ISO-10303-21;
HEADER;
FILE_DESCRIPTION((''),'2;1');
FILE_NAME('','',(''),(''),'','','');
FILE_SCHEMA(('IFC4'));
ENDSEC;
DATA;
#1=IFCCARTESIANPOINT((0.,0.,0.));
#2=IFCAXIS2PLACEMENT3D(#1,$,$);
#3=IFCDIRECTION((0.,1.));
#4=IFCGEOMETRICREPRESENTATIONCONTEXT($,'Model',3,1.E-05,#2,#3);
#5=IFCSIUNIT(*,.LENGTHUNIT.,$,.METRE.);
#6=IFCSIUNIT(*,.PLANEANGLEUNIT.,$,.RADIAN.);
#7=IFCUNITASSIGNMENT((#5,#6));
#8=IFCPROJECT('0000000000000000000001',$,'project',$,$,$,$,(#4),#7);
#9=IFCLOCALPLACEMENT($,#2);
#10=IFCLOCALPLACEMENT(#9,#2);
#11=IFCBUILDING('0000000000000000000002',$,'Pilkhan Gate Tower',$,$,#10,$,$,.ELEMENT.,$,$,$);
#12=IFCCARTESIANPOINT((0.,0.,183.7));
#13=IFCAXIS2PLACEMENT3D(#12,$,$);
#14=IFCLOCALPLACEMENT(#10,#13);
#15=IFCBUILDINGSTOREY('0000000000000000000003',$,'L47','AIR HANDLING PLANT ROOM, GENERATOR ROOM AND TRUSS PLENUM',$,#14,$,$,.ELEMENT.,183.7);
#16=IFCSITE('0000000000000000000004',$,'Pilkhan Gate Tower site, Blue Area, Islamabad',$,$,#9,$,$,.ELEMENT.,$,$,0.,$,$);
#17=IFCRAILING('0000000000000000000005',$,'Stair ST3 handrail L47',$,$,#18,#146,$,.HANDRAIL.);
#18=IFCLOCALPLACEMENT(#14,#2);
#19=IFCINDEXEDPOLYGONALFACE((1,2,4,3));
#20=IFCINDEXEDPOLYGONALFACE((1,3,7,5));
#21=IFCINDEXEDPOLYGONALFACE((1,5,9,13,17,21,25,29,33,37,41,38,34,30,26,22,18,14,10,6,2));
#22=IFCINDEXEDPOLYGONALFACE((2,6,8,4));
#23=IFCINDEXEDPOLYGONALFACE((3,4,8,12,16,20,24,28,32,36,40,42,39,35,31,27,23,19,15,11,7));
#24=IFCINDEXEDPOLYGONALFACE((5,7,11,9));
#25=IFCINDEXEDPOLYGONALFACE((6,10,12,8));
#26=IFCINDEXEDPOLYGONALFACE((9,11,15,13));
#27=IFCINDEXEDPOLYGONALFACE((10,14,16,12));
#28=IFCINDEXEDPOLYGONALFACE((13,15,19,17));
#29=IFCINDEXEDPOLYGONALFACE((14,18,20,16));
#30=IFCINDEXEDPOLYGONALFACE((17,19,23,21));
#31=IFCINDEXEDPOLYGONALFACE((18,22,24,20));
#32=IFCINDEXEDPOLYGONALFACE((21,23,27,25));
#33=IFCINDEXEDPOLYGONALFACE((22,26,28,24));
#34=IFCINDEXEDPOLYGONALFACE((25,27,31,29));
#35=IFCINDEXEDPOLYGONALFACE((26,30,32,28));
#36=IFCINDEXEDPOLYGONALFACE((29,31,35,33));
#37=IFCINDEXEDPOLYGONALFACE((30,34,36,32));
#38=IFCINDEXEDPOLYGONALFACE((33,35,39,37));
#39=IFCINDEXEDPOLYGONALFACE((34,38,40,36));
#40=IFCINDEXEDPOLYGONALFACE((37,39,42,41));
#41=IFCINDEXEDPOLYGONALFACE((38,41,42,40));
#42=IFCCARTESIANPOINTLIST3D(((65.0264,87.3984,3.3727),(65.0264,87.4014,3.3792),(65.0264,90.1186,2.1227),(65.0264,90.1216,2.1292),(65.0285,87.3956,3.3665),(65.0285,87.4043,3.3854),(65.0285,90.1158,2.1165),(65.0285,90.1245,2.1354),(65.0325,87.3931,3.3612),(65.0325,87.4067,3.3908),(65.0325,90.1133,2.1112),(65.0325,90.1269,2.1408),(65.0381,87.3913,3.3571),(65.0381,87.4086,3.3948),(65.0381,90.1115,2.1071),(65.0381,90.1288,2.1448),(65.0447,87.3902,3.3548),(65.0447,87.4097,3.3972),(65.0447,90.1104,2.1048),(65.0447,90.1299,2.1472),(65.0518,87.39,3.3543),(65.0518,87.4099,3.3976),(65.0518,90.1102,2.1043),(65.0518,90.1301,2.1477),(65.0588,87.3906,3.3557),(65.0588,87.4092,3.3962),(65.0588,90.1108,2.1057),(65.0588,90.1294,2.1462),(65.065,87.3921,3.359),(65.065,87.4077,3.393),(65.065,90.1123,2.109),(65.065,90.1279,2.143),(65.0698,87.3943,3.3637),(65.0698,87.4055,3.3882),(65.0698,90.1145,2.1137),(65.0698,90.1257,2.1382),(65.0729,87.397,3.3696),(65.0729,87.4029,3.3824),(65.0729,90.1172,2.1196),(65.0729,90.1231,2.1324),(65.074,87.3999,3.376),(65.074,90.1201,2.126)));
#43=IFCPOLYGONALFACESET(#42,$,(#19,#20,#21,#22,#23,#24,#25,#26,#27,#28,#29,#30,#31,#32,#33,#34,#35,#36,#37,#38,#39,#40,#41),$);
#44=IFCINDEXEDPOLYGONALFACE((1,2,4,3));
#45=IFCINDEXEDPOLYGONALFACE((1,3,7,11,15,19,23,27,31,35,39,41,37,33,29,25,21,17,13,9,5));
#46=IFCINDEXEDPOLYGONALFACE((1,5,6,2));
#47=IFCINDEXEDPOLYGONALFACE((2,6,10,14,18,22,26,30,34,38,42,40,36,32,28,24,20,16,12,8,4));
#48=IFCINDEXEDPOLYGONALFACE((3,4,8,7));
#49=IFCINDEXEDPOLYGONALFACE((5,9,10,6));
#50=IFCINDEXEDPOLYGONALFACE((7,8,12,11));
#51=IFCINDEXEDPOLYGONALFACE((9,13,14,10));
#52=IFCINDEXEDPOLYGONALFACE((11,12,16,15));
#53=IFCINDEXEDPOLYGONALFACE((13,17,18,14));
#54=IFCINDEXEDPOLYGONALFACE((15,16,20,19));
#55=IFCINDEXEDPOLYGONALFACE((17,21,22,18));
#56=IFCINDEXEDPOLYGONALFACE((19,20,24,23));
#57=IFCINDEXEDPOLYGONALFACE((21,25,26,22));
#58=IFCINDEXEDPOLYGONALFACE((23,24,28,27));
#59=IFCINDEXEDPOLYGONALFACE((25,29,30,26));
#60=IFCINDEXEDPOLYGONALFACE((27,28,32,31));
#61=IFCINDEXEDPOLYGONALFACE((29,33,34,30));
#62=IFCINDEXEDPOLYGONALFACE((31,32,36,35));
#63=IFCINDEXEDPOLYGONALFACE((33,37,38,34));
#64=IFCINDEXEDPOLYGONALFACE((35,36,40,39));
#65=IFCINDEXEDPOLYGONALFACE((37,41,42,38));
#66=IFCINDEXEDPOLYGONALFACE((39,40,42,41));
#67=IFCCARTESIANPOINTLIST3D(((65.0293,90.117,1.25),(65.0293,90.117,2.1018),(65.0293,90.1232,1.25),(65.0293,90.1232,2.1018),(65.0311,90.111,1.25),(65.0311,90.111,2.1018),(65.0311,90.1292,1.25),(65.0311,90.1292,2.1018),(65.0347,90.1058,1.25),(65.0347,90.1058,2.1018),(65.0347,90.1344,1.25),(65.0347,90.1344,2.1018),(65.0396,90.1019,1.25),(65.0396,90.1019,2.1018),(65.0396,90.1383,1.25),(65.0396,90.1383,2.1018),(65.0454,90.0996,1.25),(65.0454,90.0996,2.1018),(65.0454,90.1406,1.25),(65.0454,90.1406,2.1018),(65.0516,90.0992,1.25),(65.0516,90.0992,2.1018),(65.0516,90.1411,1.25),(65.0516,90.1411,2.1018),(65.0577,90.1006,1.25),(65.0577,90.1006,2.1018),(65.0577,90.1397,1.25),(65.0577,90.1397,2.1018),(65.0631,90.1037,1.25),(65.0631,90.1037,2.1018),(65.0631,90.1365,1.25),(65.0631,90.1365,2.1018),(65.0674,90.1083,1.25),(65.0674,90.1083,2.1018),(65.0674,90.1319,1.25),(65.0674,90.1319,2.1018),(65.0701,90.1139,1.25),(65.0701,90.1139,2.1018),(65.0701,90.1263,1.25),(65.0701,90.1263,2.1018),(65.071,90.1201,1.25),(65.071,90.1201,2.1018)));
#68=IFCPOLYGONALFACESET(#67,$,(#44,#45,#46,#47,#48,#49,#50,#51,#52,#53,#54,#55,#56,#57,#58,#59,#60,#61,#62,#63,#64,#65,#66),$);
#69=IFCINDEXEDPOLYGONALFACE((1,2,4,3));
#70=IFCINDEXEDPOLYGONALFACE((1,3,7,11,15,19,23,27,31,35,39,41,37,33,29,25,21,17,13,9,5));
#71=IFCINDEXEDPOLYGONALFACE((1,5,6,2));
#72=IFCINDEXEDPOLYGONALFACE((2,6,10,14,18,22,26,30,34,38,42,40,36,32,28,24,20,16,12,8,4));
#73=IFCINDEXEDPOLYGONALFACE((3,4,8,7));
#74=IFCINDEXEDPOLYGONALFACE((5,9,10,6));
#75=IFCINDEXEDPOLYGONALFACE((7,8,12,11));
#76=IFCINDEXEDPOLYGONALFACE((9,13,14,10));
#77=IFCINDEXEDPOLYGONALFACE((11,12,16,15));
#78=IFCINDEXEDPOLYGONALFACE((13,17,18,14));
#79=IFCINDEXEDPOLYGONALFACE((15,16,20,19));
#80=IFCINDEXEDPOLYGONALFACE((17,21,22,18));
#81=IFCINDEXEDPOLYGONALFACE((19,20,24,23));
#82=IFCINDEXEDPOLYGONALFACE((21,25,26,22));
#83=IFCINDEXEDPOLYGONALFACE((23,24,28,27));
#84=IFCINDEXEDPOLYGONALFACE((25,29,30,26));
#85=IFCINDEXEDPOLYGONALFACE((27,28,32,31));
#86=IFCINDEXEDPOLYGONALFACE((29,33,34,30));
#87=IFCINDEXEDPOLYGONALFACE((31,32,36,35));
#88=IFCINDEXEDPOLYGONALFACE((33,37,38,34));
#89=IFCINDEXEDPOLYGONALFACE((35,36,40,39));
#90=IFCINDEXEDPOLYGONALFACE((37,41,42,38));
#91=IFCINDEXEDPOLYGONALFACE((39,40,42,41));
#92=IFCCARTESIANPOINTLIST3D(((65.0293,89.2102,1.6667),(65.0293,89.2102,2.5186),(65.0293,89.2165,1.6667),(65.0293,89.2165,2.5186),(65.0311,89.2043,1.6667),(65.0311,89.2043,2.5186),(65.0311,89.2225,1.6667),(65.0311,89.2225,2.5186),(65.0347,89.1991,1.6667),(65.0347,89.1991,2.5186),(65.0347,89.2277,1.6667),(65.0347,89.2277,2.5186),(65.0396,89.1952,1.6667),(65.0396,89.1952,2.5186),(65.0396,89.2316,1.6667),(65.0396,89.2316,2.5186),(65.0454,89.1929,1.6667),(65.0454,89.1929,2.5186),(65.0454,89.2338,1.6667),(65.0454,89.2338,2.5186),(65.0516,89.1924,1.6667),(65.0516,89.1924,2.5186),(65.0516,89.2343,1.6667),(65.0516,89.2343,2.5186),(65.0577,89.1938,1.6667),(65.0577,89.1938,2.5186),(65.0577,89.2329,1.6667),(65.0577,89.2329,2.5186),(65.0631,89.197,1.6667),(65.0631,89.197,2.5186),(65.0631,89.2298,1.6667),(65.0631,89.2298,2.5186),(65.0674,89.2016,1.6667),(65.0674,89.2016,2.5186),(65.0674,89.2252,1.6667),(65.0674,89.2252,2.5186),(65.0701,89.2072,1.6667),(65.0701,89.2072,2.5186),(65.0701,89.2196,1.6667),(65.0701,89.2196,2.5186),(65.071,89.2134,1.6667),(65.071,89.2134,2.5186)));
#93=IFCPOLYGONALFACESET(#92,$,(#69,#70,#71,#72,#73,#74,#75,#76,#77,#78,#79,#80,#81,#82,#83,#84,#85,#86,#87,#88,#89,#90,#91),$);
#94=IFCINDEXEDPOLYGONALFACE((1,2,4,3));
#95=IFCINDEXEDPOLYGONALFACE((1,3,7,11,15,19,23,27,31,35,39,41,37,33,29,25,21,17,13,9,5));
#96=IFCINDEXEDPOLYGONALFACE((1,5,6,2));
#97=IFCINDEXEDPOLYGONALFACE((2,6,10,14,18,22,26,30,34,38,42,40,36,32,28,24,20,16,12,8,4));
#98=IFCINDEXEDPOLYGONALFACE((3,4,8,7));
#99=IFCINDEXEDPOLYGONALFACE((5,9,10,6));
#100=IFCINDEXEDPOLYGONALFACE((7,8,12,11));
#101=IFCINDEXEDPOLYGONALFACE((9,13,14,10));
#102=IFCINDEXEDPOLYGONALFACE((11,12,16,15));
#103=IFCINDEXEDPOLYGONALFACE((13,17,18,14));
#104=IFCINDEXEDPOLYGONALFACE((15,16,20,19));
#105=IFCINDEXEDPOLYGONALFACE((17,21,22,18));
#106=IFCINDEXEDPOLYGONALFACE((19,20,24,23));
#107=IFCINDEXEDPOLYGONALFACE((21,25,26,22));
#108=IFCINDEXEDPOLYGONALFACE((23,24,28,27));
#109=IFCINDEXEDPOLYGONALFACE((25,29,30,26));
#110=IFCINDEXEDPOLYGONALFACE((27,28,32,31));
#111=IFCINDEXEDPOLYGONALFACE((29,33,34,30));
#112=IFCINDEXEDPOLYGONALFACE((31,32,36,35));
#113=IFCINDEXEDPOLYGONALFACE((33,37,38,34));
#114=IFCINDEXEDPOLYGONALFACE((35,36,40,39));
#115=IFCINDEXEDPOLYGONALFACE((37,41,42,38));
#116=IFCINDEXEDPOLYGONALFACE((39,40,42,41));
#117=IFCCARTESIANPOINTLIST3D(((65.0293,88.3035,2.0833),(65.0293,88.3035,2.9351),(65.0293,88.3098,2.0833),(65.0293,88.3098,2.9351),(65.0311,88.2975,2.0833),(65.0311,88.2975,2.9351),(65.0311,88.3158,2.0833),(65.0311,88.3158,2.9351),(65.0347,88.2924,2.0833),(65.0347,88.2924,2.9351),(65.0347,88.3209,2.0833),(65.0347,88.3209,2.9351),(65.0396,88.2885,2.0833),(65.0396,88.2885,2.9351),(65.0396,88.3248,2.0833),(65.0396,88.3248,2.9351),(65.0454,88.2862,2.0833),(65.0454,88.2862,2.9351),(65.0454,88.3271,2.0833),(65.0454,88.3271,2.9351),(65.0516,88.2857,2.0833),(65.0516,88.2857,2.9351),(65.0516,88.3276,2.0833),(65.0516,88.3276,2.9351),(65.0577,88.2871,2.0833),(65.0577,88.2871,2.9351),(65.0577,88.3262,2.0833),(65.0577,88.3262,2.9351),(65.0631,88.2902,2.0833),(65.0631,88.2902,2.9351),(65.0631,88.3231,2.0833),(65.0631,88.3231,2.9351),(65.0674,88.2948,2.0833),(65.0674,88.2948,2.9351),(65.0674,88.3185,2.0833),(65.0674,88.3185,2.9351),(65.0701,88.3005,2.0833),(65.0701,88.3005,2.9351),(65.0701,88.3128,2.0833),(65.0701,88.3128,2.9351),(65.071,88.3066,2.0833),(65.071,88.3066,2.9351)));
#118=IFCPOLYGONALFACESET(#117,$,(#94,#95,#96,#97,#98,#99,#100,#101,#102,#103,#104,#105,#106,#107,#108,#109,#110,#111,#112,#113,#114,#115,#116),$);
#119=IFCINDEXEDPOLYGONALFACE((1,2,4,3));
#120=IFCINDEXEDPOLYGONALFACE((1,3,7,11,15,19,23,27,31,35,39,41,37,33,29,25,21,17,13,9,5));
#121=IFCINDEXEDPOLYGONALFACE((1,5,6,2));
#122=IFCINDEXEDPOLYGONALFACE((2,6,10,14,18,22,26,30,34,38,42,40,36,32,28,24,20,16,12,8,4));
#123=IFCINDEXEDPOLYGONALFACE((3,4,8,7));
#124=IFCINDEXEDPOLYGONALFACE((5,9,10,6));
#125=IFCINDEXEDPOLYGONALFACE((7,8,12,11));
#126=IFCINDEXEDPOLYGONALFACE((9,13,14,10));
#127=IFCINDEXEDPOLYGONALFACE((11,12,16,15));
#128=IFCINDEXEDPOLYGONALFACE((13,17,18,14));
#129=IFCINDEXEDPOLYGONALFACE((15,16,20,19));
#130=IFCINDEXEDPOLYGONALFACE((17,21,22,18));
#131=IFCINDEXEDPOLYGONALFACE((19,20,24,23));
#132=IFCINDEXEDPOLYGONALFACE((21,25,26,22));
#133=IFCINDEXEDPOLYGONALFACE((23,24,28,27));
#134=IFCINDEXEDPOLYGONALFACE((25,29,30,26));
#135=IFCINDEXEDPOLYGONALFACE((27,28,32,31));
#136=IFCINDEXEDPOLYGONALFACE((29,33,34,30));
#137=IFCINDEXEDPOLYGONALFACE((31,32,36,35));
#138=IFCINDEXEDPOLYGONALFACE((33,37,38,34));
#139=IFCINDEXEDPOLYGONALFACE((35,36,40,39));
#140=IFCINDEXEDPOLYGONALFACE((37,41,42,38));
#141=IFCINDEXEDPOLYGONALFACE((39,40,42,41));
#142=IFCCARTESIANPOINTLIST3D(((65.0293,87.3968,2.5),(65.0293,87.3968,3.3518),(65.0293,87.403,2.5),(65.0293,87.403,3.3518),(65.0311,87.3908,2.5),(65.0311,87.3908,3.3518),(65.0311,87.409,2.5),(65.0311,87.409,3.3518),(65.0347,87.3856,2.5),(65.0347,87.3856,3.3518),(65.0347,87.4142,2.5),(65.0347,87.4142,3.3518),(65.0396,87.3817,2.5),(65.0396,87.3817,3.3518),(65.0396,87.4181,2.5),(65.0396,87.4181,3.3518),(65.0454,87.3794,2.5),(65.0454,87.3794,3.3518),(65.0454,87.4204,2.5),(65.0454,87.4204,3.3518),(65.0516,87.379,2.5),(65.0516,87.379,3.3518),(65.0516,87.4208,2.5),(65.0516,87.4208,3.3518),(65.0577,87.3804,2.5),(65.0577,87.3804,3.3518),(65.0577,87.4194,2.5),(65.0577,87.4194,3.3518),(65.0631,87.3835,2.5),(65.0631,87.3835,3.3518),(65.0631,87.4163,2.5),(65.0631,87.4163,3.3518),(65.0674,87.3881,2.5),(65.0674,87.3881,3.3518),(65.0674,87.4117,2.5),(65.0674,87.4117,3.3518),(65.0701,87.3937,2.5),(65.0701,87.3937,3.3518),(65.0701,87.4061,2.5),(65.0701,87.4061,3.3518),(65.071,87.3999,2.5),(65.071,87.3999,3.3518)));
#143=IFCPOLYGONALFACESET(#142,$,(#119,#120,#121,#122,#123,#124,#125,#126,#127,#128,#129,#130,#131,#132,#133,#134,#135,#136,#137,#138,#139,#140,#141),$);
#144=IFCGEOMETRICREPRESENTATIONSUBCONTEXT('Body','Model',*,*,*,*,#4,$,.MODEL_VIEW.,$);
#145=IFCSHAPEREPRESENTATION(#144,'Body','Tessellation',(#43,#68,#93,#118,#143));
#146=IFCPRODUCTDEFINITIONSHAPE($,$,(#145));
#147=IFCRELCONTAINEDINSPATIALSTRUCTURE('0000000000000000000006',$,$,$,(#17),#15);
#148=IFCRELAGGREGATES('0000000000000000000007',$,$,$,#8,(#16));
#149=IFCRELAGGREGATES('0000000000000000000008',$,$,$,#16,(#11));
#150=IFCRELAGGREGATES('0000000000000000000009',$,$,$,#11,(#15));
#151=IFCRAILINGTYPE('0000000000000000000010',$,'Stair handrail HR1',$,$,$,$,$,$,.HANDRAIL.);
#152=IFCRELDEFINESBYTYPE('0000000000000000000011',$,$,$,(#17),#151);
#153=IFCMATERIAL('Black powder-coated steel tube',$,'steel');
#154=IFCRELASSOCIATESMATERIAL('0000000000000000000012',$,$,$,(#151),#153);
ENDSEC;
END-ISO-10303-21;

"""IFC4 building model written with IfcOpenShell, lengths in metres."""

from ifc_helpers import new_model, si_unit, direction, frame, origin, origin_2d, place, context, subcontext, project, spatial, circle, extrude, material, type_object, element, save


model = new_model("IFC4")

# Units and contexts
model_context = context("Model", 3, precision=1e-05, world=origin(), true_north=direction((0.0, 1.0)))
body_context = subcontext(model_context, "Body", "Model", "MODEL_VIEW")
ifc_project = project(units=[si_unit("LENGTHUNIT", "METRE"), si_unit("PLANEANGLEUNIT", "RADIAN")], contexts=[model_context])

# Site, building, storey
site_placement = place(None, origin())
site = spatial("IfcSite", under=ifc_project, at=site_placement, Name="Pilkhan Gate Tower site, Blue Area, Islamabad", CompositionType="ELEMENT", RefElevation=0.0)
building_placement = place(site_placement, origin())
building = spatial("IfcBuilding", under=site, at=building_placement, Name="Pilkhan Gate Tower", CompositionType="ELEMENT")
storey_placement = place(building_placement, frame((0.0, 0.0, 183.7)))
storey = spatial("IfcBuildingStorey", under=building, at=storey_placement, Name="L47", Description="AIR HANDLING PLANT ROOM, GENERATOR ROOM AND TRUSS PLENUM", CompositionType="ELEMENT", Elevation=183.7)

# Railing
ifc_material_1 = material(Name="Black powder-coated steel tube", Category="steel")
railing_type_1 = type_object("IfcRailingType", Name="Stair handrail HR1", PredefinedType="HANDRAIL", material=ifc_material_1)
railing_1_placement = place(storey_placement, frame((65.05, 90.1201, 1.25)))
element("IfcRailing", 1, at=railing_1_placement, inside=storey, type_object=railing_type_1, Name="Stair ST3 handrail L47", PredefinedType="HANDRAIL", context=body_context, shape_type="SweptSolid", body=[
    extrude(circle(Radius=0.0239, at=origin_2d()), frame((0.0, 0.0, 0.876), z_axis=(0.0, -0.908655, 0.417547), x_axis=(1.0, 0.0, 0.0)), (0.0, 0.0, 1.0), 2.9937),
    extrude(circle(Radius=0.021, at=origin_2d()), origin(), (0.0, 0.0, 1.0), 0.8518),
    extrude(circle(Radius=0.021, at=origin_2d()), frame((0.0, -0.9067, 0.4167)), (0.0, 0.0, 1.0), 0.8518),
    extrude(circle(Radius=0.021, at=origin_2d()), frame((0.0, -1.8135, 0.8333)), (0.0, 0.0, 1.0), 0.8518),
    extrude(circle(Radius=0.021, at=origin_2d()), frame((0.0, -2.7202, 1.25)), (0.0, 0.0, 1.0), 0.8518),
])

save(model, "model.ifc")
